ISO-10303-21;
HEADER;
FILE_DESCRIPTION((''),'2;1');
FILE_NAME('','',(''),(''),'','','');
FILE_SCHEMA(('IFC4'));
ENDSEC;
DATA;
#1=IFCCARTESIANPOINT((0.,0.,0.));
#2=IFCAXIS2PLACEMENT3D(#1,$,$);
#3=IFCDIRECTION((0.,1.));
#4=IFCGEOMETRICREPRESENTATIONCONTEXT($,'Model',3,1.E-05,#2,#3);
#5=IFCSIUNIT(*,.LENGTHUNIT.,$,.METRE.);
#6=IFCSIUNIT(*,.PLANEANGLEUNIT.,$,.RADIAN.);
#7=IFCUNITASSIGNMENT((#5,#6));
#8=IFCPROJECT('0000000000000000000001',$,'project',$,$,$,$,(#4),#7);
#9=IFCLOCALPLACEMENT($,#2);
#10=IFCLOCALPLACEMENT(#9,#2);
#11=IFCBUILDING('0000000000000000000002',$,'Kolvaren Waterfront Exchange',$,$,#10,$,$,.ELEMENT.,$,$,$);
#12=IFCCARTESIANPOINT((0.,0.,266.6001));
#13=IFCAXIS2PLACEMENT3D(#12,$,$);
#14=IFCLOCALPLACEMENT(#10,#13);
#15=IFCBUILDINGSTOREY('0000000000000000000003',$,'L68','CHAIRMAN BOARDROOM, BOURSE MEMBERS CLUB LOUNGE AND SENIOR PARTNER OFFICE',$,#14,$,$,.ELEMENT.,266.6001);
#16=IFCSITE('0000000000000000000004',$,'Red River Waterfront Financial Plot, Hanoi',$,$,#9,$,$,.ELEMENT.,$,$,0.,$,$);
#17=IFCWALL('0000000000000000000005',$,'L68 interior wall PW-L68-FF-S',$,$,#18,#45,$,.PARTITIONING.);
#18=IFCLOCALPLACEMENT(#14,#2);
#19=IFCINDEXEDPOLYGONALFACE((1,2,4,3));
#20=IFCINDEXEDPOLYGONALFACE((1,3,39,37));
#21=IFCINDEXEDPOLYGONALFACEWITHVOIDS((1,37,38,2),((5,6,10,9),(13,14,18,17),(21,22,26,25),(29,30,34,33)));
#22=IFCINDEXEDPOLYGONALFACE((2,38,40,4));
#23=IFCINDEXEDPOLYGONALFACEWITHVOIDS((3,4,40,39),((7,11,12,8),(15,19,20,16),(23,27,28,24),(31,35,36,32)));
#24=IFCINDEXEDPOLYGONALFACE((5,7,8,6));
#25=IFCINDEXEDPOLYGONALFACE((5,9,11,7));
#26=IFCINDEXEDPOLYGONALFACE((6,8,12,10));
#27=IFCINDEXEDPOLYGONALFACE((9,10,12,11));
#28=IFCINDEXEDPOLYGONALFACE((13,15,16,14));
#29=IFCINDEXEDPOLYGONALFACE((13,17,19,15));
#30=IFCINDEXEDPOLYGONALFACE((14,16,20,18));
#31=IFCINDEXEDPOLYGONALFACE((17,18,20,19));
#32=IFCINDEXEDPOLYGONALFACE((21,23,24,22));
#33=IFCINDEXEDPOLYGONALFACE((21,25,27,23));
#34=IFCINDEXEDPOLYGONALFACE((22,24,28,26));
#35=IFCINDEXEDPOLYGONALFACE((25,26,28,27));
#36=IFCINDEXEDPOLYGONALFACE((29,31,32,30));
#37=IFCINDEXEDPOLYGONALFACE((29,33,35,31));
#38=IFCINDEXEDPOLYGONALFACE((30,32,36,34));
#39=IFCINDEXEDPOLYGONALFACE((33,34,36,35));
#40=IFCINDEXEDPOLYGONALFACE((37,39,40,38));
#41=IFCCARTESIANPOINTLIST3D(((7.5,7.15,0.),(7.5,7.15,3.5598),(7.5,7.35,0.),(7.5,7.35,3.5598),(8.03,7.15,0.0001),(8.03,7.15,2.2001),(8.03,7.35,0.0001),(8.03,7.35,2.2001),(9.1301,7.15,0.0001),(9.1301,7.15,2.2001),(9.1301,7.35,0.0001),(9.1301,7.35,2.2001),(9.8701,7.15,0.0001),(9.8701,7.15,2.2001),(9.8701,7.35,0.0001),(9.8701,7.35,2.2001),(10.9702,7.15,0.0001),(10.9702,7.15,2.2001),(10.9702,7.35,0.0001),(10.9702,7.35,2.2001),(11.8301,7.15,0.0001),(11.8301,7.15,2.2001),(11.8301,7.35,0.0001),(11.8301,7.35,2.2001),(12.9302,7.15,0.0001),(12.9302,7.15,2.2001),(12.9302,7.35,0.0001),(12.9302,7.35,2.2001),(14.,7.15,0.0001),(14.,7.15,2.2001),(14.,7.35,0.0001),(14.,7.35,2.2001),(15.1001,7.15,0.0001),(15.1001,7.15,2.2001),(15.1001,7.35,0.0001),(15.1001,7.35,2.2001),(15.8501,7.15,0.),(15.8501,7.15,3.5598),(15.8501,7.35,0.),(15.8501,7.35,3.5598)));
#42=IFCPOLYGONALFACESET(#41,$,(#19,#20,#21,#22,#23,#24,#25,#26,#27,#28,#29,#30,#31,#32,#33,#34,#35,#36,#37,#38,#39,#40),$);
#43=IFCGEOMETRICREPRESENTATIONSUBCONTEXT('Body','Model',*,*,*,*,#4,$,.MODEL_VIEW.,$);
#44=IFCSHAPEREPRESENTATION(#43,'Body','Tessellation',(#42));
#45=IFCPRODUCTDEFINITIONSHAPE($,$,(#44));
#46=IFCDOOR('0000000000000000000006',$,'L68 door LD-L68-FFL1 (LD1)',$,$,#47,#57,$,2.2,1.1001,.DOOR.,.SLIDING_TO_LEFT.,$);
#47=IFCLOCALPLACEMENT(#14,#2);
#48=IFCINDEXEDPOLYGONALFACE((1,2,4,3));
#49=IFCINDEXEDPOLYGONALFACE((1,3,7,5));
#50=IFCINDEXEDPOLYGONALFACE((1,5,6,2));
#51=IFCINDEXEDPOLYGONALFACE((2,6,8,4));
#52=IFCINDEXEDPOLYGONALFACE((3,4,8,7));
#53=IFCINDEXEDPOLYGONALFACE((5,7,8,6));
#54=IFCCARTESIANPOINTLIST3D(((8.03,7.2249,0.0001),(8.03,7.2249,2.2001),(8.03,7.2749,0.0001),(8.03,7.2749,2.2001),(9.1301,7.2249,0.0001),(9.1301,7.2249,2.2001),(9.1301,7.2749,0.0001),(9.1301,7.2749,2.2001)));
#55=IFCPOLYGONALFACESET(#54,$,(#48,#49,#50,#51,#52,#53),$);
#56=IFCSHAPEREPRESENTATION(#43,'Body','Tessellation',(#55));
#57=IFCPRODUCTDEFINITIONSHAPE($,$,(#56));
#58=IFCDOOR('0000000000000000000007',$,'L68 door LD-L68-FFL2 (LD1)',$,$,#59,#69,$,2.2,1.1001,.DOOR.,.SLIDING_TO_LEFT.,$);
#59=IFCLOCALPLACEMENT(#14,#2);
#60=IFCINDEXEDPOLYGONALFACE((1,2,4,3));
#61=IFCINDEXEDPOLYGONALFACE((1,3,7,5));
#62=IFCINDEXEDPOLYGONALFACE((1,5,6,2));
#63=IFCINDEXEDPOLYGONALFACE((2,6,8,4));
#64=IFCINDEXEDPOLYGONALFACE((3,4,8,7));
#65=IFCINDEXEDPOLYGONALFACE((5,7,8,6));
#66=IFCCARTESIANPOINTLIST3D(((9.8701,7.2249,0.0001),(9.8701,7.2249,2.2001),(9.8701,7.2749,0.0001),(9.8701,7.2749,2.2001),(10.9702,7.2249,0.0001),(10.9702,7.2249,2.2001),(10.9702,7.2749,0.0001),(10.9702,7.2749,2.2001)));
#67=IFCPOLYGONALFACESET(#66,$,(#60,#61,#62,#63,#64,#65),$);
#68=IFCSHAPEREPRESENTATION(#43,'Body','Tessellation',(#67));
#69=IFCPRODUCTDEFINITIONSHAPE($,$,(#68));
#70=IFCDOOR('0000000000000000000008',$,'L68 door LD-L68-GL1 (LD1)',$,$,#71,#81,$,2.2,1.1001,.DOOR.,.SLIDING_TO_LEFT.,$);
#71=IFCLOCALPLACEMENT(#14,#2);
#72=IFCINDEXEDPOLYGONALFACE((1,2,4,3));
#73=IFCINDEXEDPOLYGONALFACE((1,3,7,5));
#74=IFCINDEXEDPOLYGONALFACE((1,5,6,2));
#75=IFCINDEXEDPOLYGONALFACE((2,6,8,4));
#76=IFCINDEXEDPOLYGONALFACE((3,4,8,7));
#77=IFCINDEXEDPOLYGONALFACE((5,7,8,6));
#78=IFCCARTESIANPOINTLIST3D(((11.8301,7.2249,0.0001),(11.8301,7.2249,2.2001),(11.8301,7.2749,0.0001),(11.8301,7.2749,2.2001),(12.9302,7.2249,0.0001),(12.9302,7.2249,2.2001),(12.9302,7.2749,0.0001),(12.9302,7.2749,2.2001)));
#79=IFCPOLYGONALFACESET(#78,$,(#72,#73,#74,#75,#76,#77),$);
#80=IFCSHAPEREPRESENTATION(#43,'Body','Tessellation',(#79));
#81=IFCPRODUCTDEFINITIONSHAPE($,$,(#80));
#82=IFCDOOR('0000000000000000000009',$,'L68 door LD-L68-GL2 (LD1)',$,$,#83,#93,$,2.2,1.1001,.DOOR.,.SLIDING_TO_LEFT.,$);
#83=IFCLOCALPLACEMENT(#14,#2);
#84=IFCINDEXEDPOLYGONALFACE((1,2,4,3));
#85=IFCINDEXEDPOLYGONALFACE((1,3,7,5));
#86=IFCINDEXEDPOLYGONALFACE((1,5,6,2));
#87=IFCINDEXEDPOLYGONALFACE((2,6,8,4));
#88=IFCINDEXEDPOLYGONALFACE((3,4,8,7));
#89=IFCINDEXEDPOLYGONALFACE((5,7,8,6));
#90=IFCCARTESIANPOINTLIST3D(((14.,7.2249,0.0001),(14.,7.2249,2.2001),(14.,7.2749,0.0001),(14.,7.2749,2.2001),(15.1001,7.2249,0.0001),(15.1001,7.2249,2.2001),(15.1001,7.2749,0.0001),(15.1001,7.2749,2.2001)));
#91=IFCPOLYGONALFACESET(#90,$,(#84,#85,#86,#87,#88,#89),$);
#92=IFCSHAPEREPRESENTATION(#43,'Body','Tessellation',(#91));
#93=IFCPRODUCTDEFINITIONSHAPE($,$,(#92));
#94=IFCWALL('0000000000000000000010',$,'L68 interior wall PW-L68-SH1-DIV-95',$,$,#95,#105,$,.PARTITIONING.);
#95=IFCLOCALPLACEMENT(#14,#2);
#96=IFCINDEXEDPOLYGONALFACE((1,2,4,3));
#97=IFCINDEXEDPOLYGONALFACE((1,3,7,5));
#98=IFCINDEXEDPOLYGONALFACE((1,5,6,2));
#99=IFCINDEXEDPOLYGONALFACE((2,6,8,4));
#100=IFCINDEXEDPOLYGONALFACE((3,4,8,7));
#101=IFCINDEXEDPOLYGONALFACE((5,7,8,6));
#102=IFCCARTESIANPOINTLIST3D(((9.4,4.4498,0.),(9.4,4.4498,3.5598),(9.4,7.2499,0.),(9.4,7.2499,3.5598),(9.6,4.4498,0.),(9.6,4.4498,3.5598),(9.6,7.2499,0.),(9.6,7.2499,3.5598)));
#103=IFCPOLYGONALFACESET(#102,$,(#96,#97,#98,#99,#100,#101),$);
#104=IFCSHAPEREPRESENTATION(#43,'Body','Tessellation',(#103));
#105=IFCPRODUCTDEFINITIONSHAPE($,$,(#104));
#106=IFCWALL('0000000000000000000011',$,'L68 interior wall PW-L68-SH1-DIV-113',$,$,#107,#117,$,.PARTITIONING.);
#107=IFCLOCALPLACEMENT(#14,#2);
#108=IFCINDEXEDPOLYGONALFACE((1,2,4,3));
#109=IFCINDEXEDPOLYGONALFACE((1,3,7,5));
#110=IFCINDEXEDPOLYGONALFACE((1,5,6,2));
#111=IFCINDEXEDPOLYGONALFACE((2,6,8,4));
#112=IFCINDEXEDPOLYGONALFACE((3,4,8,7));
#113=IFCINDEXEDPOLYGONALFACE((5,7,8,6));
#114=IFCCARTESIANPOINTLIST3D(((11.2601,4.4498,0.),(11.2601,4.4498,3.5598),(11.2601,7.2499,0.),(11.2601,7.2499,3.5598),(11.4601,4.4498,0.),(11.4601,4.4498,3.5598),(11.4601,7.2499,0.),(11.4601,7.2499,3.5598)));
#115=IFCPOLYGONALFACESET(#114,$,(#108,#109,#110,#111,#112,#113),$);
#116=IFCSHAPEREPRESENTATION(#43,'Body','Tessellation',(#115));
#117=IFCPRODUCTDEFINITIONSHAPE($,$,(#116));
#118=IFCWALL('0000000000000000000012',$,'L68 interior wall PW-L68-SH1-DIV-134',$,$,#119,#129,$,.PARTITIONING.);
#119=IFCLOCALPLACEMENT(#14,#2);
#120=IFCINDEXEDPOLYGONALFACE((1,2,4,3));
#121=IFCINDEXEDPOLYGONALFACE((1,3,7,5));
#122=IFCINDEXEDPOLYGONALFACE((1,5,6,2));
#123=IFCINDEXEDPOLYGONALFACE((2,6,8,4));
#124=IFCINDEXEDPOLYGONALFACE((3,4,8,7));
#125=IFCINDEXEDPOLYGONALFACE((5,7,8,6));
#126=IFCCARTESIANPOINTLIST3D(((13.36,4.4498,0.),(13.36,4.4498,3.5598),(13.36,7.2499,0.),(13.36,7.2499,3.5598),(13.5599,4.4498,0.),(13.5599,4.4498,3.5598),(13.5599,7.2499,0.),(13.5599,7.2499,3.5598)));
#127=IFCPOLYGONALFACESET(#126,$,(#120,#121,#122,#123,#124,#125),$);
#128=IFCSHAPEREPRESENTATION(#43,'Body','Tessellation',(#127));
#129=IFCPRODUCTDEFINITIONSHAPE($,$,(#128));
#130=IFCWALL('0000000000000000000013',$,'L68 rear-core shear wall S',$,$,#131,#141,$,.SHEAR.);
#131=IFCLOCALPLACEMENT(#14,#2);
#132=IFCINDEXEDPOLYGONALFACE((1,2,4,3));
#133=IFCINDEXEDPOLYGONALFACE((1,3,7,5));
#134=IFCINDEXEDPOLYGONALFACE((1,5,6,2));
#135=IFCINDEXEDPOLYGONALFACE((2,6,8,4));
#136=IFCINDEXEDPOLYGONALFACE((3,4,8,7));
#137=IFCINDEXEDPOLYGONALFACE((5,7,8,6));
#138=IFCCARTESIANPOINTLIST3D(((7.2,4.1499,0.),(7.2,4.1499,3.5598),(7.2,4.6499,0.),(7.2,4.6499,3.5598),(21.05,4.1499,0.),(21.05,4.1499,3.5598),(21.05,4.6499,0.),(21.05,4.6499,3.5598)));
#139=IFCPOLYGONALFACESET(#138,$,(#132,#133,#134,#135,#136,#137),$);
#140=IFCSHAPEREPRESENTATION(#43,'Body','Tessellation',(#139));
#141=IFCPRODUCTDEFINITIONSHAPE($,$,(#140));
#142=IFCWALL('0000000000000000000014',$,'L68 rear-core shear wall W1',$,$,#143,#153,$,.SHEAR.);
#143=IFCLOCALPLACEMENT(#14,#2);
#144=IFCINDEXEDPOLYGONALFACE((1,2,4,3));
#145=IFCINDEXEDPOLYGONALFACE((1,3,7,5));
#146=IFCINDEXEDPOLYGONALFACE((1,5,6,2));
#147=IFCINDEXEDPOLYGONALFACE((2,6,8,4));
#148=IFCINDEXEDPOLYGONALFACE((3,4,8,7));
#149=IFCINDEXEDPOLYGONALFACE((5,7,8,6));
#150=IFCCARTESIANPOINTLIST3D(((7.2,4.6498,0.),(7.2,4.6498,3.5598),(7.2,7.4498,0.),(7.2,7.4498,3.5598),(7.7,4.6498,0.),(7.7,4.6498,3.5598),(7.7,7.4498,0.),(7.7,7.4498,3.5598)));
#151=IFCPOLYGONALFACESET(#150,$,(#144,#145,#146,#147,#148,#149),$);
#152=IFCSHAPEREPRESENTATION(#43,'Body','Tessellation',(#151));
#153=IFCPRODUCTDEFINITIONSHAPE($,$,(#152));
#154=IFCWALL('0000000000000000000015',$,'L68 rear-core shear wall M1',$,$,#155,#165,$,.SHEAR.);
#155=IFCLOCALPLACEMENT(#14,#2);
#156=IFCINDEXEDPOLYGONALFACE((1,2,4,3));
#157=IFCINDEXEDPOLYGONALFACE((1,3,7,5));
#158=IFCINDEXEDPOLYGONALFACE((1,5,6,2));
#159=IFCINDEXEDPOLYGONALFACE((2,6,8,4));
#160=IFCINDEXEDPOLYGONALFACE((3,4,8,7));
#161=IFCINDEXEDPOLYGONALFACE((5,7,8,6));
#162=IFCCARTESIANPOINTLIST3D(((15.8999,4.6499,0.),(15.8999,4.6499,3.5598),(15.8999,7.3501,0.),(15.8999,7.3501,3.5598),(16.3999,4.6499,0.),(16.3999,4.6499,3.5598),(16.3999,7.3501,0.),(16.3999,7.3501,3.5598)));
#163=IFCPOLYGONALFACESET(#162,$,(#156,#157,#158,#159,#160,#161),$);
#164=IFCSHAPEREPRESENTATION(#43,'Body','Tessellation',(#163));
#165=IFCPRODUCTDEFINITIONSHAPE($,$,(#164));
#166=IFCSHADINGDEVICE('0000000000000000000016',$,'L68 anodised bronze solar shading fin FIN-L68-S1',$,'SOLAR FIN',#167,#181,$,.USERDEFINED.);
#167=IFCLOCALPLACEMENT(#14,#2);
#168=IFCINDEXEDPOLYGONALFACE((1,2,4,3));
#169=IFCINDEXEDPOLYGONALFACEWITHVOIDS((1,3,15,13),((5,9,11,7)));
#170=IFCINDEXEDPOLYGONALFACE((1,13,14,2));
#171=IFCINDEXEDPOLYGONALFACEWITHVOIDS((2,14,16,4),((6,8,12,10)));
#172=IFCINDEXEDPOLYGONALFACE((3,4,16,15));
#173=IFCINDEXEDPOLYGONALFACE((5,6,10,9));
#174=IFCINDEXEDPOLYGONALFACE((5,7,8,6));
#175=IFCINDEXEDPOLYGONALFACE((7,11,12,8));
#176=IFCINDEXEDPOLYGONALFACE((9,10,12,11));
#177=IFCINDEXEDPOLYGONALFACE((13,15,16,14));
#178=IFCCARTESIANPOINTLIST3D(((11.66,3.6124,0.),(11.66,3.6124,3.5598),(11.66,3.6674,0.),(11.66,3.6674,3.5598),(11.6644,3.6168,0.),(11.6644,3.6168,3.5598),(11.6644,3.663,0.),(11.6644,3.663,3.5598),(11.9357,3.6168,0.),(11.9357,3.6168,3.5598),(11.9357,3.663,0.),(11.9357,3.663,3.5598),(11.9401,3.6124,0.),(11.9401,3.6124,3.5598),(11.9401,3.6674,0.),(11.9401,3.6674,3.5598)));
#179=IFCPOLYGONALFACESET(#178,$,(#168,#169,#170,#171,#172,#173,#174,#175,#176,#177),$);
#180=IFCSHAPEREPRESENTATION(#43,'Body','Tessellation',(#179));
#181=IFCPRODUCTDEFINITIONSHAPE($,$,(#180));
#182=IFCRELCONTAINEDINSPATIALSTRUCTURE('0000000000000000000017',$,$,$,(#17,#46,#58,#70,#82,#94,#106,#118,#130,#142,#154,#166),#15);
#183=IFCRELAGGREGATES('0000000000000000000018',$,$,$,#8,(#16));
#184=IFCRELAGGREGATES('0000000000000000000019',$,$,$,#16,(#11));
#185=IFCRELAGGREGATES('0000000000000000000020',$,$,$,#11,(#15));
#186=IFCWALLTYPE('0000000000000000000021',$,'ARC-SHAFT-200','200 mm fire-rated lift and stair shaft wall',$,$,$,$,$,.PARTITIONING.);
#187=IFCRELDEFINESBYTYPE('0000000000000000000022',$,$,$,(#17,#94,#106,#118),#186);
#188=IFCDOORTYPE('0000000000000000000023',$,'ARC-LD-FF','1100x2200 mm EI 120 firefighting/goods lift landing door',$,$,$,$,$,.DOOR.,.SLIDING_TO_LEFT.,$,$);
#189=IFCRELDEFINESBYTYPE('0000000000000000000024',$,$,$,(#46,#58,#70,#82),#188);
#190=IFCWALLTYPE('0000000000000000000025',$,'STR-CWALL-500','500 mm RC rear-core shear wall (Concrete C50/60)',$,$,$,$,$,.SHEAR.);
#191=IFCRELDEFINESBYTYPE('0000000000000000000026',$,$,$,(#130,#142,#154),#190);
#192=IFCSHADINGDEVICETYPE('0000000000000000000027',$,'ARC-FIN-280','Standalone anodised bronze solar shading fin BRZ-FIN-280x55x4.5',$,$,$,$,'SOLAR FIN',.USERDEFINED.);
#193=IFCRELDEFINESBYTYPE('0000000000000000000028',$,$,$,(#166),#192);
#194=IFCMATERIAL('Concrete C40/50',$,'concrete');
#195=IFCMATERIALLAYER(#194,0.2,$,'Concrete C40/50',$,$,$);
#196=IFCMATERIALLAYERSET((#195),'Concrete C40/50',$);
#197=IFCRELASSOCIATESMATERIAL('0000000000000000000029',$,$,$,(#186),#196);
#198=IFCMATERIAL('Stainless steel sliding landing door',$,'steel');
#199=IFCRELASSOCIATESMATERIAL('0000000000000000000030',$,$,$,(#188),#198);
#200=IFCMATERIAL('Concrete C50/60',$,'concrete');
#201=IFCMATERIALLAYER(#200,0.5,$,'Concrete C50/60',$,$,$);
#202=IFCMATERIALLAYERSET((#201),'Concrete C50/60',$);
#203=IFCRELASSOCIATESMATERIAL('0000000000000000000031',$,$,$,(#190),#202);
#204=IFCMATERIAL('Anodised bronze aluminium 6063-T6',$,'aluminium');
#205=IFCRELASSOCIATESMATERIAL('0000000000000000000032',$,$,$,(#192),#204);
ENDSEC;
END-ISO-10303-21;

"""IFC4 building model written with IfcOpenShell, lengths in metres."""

from ifc_helpers import new_model, si_unit, direction, frame, frame_2d, origin, origin_2d, place, context, subcontext, project, spatial, rectangle, hollow_rectangle, extrude, material, layer, layer_set, material_profile, profile_set, type_object, element, fill, save


model = new_model("IFC4")

# Units and contexts
model_context = context("Model", 3, precision=1e-05, world=origin(), true_north=direction((0.0, 1.0)))
body_context = subcontext(model_context, "Body", "Model", "MODEL_VIEW")
ifc_project = project(units=[si_unit("LENGTHUNIT", "METRE"), si_unit("PLANEANGLEUNIT", "RADIAN")], contexts=[model_context])

# Site, building, storey
site_placement = place(None, origin())
site = spatial("IfcSite", under=ifc_project, at=site_placement, Name="Red River Waterfront Financial Plot, Hanoi", CompositionType="ELEMENT", RefElevation=0.0)
building_placement = place(site_placement, origin())
building = spatial("IfcBuilding", under=site, at=building_placement, Name="Kolvaren Waterfront Exchange", CompositionType="ELEMENT")
storey_placement = place(building_placement, frame((0.0, 0.0, 266.6001)))
storey = spatial("IfcBuildingStorey", under=building, at=storey_placement, Name="L68", Description="CHAIRMAN BOARDROOM, BOURSE MEMBERS CLUB LOUNGE AND SENIOR PARTNER OFFICE", CompositionType="ELEMENT", Elevation=266.6001)

# Shared definitions
ifc_material_1 = material(Name="Concrete C50/60", Category="concrete")

# Shared definitions
ifc_material_2 = material(Name="Anodised bronze aluminium 6063-T6", Category="aluminium")

# Wall, openings, doors
ifc_material_3 = material(Name="Concrete C40/50", Category="concrete")
ifc_layer_1 = layer(ifc_material_3, 0.2, Name="Concrete C40/50")
ifc_layer_set_1 = layer_set([ifc_layer_1], Name="Concrete C40/50")
wall_type_1 = type_object("IfcWallType", Name="ARC-SHAFT-200", Description="200 mm fire-rated lift and stair shaft wall", PredefinedType="PARTITIONING", material=ifc_layer_set_1)
wall_1_placement = place(storey_placement, frame((7.5, 7.25, 0.0), z_axis=(0.0, 0.0, 1.0), x_axis=(1.0, 0.0, 0.0)))
wall_1 = element("IfcWall", 1, at=wall_1_placement, inside=storey, type_object=wall_type_1, Name="L68 interior wall PW-L68-FF-S", PredefinedType="PARTITIONING", context=body_context, shape_type="SweptSolid", body=[
    extrude(rectangle(XDim=8.3501, YDim=0.2, at=frame_2d((4.175, 0.0))), origin(), (0.0, 0.0, 1.0), 3.5598),
])
opening_1_placement = place(wall_1_placement, frame((0.53, 0.0, 0.0)))
opening_1 = element("IfcOpeningElement", 2, at=opening_1_placement, cuts=wall_1, PredefinedType="OPENING", context=body_context, shape_type="SweptSolid", body=[
    extrude(rectangle(XDim=1.1001, YDim=2.2, at=frame_2d((0.55, 1.1001))), frame((0.0, 0.1099, 0.0), z_axis=(0.0, -1.0, 0.0), x_axis=(1.0, 0.0, 0.0)), (0.0, 0.0, 1.0), 0.22),
])
opening_2_placement = place(wall_1_placement, frame((2.3701, 0.0, 0.0)))
opening_2 = element("IfcOpeningElement", 3, at=opening_2_placement, cuts=wall_1, PredefinedType="OPENING", context=body_context, shape_type="SweptSolid", body=[
    extrude(rectangle(XDim=1.1001, YDim=2.2, at=frame_2d((0.55, 1.1001))), frame((0.0, 0.1099, 0.0), z_axis=(0.0, -1.0, 0.0), x_axis=(1.0, 0.0, 0.0)), (0.0, 0.0, 1.0), 0.22),
])
opening_3_placement = place(wall_1_placement, frame((4.3301, 0.0, 0.0)))
opening_3 = element("IfcOpeningElement", 4, at=opening_3_placement, cuts=wall_1, PredefinedType="OPENING", context=body_context, shape_type="SweptSolid", body=[
    extrude(rectangle(XDim=1.1001, YDim=2.2, at=frame_2d((0.55, 1.1001))), frame((0.0, 0.1099, 0.0), z_axis=(0.0, -1.0, 0.0), x_axis=(1.0, 0.0, 0.0)), (0.0, 0.0, 1.0), 0.22),
])
opening_4_placement = place(wall_1_placement, frame((6.5, 0.0, 0.0)))
opening_4 = element("IfcOpeningElement", 5, at=opening_4_placement, cuts=wall_1, PredefinedType="OPENING", context=body_context, shape_type="SweptSolid", body=[
    extrude(rectangle(XDim=1.1001, YDim=2.2, at=frame_2d((0.55, 1.1001))), frame((0.0, 0.1099, 0.0), z_axis=(0.0, -1.0, 0.0), x_axis=(1.0, 0.0, 0.0)), (0.0, 0.0, 1.0), 0.22),
])
ifc_material_4 = material(Name="Stainless steel sliding landing door", Category="steel")
door_type = type_object("IfcDoorType", Name="ARC-LD-FF", Description="1100x2200 mm EI 120 firefighting/goods lift landing door", OperationType="SLIDING_TO_LEFT", PredefinedType="DOOR", material=ifc_material_4)
door_1_placement = place(opening_1_placement, origin())
door_1 = element("IfcDoor", 6, at=door_1_placement, inside=storey, type_object=door_type, Name="L68 door LD-L68-FFL1 (LD1)", OperationType="SLIDING_TO_LEFT", OverallHeight=2.2, OverallWidth=1.1001, PredefinedType="DOOR", context=body_context, shape_type="SweptSolid", body=[
    extrude(rectangle(XDim=1.1001, YDim=2.2, at=frame_2d((0.55, 1.1001))), frame((0.0, 0.0249, 0.0), z_axis=(0.0, -1.0, 0.0), x_axis=(1.0, 0.0, 0.0)), (0.0, 0.0, 1.0), 0.05),
])
fill(opening_1, door_1)
door_2_placement = place(opening_2_placement, origin())
door_2 = element("IfcDoor", 7, at=door_2_placement, inside=storey, type_object=door_type, Name="L68 door LD-L68-FFL2 (LD1)", OperationType="SLIDING_TO_LEFT", OverallHeight=2.2, OverallWidth=1.1001, PredefinedType="DOOR", context=body_context, shape_type="SweptSolid", body=[
    extrude(rectangle(XDim=1.1001, YDim=2.2, at=frame_2d((0.55, 1.1001))), frame((0.0, 0.0249, 0.0), z_axis=(0.0, -1.0, 0.0), x_axis=(1.0, 0.0, 0.0)), (0.0, 0.0, 1.0), 0.05),
])
fill(opening_2, door_2)
door_3_placement = place(opening_3_placement, origin())
door_3 = element("IfcDoor", 8, at=door_3_placement, inside=storey, type_object=door_type, Name="L68 door LD-L68-GL1 (LD1)", OperationType="SLIDING_TO_LEFT", OverallHeight=2.2, OverallWidth=1.1001, PredefinedType="DOOR", context=body_context, shape_type="SweptSolid", body=[
    extrude(rectangle(XDim=1.1001, YDim=2.2, at=frame_2d((0.55, 1.1001))), frame((0.0, 0.0249, 0.0), z_axis=(0.0, -1.0, 0.0), x_axis=(1.0, 0.0, 0.0)), (0.0, 0.0, 1.0), 0.05),
])
fill(opening_3, door_3)
door_4_placement = place(opening_4_placement, origin())
door_4 = element("IfcDoor", 9, at=door_4_placement, inside=storey, type_object=door_type, Name="L68 door LD-L68-GL2 (LD1)", OperationType="SLIDING_TO_LEFT", OverallHeight=2.2, OverallWidth=1.1001, PredefinedType="DOOR", context=body_context, shape_type="SweptSolid", body=[
    extrude(rectangle(XDim=1.1001, YDim=2.2, at=frame_2d((0.55, 1.1001))), frame((0.0, 0.0249, 0.0), z_axis=(0.0, -1.0, 0.0), x_axis=(1.0, 0.0, 0.0)), (0.0, 0.0, 1.0), 0.05),
])
fill(opening_4, door_4)

# Walls
for number, where, z_axis, x_axis, name in (
    (10, (9.5, 4.45, 0.0), (0.0, 0.0, 1.0), (0.0, 1.0, 0.0), "L68 interior wall PW-L68-SH1-DIV-95"),
    (11, (11.3601, 4.45, 0.0), (0.0, 0.0, 1.0), (0.0, 1.0, 0.0), "L68 interior wall PW-L68-SH1-DIV-113"),
    (12, (13.46, 4.45, 0.0), (0.0, 0.0, 1.0), (0.0, 1.0, 0.0), "L68 interior wall PW-L68-SH1-DIV-134"),
):
    element("IfcWall", number, at=place(storey_placement, frame(where, z_axis=z_axis, x_axis=x_axis)), inside=storey, type_object=wall_type_1, Name=name, PredefinedType="PARTITIONING", context=body_context, shape_type="SweptSolid", body=[
        extrude(rectangle(XDim=2.8, YDim=0.2, at=frame_2d((1.3999, 0.0))), origin(), (0.0, 0.0, 1.0), 3.5598),
    ])
ifc_layer_2 = layer(ifc_material_1, 0.5, Name="Concrete C50/60")
ifc_layer_set_2 = layer_set([ifc_layer_2], Name="Concrete C50/60")
wall_type_2 = type_object("IfcWallType", Name="STR-CWALL-500", Description="500 mm RC rear-core shear wall (Concrete C50/60)", PredefinedType="SHEAR", material=ifc_layer_set_2)
wall_2_placement = place(storey_placement, frame((7.2, 4.3999, 0.0), z_axis=(0.0, 0.0, 1.0), x_axis=(1.0, 0.0, 0.0)))
element("IfcWall", 13, at=wall_2_placement, inside=storey, type_object=wall_type_2, Name="L68 rear-core shear wall S", PredefinedType="SHEAR", context=body_context, shape_type="SweptSolid", body=[
    extrude(rectangle(XDim=13.8501, YDim=0.5, at=frame_2d((6.925, 0.0))), origin(), (0.0, 0.0, 1.0), 3.5598),
])
wall_3_placement = place(storey_placement, frame((7.45, 4.6499, 0.0), z_axis=(0.0, 0.0, 1.0), x_axis=(0.0, 1.0, 0.0)))
element("IfcWall", 14, at=wall_3_placement, inside=storey, type_object=wall_type_2, Name="L68 rear-core shear wall W1", PredefinedType="SHEAR", context=body_context, shape_type="SweptSolid", body=[
    extrude(rectangle(XDim=2.8, YDim=0.5, at=frame_2d((1.3999, 0.0))), origin(), (0.0, 0.0, 1.0), 3.5598),
])
wall_4_placement = place(storey_placement, frame((16.1499, 4.6499, 0.0), z_axis=(0.0, 0.0, 1.0), x_axis=(0.0, 1.0, 0.0)))
element("IfcWall", 15, at=wall_4_placement, inside=storey, type_object=wall_type_2, Name="L68 rear-core shear wall M1", PredefinedType="SHEAR", context=body_context, shape_type="SweptSolid", body=[
    extrude(rectangle(XDim=2.7002, YDim=0.5, at=frame_2d((1.3501, 0.0))), origin(), (0.0, 0.0, 1.0), 3.5598),
])

# Shading device
ifc_material_profile_1 = material_profile(ifc_material_2, hollow_rectangle(XDim=0.0549, YDim=0.28, WallThickness=0.0044, at=origin_2d()), Name="BRZ-FIN-280x55x4.5")
ifc_profile_set_1 = profile_set([ifc_material_profile_1], Name="Anodised bronze aluminium 6063-T6")
shading_device_type = type_object("IfcShadingDeviceType", Name="ARC-FIN-280", Description="Standalone anodised bronze solar shading fin BRZ-FIN-280x55x4.5", ElementType="SOLAR FIN", PredefinedType="USERDEFINED", material=ifc_profile_set_1)
shading_device_placement = place(storey_placement, frame((11.8, 3.6399, 0.0), z_axis=(0.0, 0.0, 1.0), x_axis=(0.0, -1.0, 0.0)))
element("IfcShadingDevice", 16, at=shading_device_placement, inside=storey, type_object=shading_device_type, Name="L68 anodised bronze solar shading fin FIN-L68-S1", ObjectType="SOLAR FIN", PredefinedType="USERDEFINED", context=body_context, shape_type="SweptSolid", body=[
    extrude(hollow_rectangle(XDim=0.0549, YDim=0.28, WallThickness=0.0044, at=origin_2d()), origin(), (0.0, 0.0, 1.0), 3.5598),
])

save(model, "model.ifc")
